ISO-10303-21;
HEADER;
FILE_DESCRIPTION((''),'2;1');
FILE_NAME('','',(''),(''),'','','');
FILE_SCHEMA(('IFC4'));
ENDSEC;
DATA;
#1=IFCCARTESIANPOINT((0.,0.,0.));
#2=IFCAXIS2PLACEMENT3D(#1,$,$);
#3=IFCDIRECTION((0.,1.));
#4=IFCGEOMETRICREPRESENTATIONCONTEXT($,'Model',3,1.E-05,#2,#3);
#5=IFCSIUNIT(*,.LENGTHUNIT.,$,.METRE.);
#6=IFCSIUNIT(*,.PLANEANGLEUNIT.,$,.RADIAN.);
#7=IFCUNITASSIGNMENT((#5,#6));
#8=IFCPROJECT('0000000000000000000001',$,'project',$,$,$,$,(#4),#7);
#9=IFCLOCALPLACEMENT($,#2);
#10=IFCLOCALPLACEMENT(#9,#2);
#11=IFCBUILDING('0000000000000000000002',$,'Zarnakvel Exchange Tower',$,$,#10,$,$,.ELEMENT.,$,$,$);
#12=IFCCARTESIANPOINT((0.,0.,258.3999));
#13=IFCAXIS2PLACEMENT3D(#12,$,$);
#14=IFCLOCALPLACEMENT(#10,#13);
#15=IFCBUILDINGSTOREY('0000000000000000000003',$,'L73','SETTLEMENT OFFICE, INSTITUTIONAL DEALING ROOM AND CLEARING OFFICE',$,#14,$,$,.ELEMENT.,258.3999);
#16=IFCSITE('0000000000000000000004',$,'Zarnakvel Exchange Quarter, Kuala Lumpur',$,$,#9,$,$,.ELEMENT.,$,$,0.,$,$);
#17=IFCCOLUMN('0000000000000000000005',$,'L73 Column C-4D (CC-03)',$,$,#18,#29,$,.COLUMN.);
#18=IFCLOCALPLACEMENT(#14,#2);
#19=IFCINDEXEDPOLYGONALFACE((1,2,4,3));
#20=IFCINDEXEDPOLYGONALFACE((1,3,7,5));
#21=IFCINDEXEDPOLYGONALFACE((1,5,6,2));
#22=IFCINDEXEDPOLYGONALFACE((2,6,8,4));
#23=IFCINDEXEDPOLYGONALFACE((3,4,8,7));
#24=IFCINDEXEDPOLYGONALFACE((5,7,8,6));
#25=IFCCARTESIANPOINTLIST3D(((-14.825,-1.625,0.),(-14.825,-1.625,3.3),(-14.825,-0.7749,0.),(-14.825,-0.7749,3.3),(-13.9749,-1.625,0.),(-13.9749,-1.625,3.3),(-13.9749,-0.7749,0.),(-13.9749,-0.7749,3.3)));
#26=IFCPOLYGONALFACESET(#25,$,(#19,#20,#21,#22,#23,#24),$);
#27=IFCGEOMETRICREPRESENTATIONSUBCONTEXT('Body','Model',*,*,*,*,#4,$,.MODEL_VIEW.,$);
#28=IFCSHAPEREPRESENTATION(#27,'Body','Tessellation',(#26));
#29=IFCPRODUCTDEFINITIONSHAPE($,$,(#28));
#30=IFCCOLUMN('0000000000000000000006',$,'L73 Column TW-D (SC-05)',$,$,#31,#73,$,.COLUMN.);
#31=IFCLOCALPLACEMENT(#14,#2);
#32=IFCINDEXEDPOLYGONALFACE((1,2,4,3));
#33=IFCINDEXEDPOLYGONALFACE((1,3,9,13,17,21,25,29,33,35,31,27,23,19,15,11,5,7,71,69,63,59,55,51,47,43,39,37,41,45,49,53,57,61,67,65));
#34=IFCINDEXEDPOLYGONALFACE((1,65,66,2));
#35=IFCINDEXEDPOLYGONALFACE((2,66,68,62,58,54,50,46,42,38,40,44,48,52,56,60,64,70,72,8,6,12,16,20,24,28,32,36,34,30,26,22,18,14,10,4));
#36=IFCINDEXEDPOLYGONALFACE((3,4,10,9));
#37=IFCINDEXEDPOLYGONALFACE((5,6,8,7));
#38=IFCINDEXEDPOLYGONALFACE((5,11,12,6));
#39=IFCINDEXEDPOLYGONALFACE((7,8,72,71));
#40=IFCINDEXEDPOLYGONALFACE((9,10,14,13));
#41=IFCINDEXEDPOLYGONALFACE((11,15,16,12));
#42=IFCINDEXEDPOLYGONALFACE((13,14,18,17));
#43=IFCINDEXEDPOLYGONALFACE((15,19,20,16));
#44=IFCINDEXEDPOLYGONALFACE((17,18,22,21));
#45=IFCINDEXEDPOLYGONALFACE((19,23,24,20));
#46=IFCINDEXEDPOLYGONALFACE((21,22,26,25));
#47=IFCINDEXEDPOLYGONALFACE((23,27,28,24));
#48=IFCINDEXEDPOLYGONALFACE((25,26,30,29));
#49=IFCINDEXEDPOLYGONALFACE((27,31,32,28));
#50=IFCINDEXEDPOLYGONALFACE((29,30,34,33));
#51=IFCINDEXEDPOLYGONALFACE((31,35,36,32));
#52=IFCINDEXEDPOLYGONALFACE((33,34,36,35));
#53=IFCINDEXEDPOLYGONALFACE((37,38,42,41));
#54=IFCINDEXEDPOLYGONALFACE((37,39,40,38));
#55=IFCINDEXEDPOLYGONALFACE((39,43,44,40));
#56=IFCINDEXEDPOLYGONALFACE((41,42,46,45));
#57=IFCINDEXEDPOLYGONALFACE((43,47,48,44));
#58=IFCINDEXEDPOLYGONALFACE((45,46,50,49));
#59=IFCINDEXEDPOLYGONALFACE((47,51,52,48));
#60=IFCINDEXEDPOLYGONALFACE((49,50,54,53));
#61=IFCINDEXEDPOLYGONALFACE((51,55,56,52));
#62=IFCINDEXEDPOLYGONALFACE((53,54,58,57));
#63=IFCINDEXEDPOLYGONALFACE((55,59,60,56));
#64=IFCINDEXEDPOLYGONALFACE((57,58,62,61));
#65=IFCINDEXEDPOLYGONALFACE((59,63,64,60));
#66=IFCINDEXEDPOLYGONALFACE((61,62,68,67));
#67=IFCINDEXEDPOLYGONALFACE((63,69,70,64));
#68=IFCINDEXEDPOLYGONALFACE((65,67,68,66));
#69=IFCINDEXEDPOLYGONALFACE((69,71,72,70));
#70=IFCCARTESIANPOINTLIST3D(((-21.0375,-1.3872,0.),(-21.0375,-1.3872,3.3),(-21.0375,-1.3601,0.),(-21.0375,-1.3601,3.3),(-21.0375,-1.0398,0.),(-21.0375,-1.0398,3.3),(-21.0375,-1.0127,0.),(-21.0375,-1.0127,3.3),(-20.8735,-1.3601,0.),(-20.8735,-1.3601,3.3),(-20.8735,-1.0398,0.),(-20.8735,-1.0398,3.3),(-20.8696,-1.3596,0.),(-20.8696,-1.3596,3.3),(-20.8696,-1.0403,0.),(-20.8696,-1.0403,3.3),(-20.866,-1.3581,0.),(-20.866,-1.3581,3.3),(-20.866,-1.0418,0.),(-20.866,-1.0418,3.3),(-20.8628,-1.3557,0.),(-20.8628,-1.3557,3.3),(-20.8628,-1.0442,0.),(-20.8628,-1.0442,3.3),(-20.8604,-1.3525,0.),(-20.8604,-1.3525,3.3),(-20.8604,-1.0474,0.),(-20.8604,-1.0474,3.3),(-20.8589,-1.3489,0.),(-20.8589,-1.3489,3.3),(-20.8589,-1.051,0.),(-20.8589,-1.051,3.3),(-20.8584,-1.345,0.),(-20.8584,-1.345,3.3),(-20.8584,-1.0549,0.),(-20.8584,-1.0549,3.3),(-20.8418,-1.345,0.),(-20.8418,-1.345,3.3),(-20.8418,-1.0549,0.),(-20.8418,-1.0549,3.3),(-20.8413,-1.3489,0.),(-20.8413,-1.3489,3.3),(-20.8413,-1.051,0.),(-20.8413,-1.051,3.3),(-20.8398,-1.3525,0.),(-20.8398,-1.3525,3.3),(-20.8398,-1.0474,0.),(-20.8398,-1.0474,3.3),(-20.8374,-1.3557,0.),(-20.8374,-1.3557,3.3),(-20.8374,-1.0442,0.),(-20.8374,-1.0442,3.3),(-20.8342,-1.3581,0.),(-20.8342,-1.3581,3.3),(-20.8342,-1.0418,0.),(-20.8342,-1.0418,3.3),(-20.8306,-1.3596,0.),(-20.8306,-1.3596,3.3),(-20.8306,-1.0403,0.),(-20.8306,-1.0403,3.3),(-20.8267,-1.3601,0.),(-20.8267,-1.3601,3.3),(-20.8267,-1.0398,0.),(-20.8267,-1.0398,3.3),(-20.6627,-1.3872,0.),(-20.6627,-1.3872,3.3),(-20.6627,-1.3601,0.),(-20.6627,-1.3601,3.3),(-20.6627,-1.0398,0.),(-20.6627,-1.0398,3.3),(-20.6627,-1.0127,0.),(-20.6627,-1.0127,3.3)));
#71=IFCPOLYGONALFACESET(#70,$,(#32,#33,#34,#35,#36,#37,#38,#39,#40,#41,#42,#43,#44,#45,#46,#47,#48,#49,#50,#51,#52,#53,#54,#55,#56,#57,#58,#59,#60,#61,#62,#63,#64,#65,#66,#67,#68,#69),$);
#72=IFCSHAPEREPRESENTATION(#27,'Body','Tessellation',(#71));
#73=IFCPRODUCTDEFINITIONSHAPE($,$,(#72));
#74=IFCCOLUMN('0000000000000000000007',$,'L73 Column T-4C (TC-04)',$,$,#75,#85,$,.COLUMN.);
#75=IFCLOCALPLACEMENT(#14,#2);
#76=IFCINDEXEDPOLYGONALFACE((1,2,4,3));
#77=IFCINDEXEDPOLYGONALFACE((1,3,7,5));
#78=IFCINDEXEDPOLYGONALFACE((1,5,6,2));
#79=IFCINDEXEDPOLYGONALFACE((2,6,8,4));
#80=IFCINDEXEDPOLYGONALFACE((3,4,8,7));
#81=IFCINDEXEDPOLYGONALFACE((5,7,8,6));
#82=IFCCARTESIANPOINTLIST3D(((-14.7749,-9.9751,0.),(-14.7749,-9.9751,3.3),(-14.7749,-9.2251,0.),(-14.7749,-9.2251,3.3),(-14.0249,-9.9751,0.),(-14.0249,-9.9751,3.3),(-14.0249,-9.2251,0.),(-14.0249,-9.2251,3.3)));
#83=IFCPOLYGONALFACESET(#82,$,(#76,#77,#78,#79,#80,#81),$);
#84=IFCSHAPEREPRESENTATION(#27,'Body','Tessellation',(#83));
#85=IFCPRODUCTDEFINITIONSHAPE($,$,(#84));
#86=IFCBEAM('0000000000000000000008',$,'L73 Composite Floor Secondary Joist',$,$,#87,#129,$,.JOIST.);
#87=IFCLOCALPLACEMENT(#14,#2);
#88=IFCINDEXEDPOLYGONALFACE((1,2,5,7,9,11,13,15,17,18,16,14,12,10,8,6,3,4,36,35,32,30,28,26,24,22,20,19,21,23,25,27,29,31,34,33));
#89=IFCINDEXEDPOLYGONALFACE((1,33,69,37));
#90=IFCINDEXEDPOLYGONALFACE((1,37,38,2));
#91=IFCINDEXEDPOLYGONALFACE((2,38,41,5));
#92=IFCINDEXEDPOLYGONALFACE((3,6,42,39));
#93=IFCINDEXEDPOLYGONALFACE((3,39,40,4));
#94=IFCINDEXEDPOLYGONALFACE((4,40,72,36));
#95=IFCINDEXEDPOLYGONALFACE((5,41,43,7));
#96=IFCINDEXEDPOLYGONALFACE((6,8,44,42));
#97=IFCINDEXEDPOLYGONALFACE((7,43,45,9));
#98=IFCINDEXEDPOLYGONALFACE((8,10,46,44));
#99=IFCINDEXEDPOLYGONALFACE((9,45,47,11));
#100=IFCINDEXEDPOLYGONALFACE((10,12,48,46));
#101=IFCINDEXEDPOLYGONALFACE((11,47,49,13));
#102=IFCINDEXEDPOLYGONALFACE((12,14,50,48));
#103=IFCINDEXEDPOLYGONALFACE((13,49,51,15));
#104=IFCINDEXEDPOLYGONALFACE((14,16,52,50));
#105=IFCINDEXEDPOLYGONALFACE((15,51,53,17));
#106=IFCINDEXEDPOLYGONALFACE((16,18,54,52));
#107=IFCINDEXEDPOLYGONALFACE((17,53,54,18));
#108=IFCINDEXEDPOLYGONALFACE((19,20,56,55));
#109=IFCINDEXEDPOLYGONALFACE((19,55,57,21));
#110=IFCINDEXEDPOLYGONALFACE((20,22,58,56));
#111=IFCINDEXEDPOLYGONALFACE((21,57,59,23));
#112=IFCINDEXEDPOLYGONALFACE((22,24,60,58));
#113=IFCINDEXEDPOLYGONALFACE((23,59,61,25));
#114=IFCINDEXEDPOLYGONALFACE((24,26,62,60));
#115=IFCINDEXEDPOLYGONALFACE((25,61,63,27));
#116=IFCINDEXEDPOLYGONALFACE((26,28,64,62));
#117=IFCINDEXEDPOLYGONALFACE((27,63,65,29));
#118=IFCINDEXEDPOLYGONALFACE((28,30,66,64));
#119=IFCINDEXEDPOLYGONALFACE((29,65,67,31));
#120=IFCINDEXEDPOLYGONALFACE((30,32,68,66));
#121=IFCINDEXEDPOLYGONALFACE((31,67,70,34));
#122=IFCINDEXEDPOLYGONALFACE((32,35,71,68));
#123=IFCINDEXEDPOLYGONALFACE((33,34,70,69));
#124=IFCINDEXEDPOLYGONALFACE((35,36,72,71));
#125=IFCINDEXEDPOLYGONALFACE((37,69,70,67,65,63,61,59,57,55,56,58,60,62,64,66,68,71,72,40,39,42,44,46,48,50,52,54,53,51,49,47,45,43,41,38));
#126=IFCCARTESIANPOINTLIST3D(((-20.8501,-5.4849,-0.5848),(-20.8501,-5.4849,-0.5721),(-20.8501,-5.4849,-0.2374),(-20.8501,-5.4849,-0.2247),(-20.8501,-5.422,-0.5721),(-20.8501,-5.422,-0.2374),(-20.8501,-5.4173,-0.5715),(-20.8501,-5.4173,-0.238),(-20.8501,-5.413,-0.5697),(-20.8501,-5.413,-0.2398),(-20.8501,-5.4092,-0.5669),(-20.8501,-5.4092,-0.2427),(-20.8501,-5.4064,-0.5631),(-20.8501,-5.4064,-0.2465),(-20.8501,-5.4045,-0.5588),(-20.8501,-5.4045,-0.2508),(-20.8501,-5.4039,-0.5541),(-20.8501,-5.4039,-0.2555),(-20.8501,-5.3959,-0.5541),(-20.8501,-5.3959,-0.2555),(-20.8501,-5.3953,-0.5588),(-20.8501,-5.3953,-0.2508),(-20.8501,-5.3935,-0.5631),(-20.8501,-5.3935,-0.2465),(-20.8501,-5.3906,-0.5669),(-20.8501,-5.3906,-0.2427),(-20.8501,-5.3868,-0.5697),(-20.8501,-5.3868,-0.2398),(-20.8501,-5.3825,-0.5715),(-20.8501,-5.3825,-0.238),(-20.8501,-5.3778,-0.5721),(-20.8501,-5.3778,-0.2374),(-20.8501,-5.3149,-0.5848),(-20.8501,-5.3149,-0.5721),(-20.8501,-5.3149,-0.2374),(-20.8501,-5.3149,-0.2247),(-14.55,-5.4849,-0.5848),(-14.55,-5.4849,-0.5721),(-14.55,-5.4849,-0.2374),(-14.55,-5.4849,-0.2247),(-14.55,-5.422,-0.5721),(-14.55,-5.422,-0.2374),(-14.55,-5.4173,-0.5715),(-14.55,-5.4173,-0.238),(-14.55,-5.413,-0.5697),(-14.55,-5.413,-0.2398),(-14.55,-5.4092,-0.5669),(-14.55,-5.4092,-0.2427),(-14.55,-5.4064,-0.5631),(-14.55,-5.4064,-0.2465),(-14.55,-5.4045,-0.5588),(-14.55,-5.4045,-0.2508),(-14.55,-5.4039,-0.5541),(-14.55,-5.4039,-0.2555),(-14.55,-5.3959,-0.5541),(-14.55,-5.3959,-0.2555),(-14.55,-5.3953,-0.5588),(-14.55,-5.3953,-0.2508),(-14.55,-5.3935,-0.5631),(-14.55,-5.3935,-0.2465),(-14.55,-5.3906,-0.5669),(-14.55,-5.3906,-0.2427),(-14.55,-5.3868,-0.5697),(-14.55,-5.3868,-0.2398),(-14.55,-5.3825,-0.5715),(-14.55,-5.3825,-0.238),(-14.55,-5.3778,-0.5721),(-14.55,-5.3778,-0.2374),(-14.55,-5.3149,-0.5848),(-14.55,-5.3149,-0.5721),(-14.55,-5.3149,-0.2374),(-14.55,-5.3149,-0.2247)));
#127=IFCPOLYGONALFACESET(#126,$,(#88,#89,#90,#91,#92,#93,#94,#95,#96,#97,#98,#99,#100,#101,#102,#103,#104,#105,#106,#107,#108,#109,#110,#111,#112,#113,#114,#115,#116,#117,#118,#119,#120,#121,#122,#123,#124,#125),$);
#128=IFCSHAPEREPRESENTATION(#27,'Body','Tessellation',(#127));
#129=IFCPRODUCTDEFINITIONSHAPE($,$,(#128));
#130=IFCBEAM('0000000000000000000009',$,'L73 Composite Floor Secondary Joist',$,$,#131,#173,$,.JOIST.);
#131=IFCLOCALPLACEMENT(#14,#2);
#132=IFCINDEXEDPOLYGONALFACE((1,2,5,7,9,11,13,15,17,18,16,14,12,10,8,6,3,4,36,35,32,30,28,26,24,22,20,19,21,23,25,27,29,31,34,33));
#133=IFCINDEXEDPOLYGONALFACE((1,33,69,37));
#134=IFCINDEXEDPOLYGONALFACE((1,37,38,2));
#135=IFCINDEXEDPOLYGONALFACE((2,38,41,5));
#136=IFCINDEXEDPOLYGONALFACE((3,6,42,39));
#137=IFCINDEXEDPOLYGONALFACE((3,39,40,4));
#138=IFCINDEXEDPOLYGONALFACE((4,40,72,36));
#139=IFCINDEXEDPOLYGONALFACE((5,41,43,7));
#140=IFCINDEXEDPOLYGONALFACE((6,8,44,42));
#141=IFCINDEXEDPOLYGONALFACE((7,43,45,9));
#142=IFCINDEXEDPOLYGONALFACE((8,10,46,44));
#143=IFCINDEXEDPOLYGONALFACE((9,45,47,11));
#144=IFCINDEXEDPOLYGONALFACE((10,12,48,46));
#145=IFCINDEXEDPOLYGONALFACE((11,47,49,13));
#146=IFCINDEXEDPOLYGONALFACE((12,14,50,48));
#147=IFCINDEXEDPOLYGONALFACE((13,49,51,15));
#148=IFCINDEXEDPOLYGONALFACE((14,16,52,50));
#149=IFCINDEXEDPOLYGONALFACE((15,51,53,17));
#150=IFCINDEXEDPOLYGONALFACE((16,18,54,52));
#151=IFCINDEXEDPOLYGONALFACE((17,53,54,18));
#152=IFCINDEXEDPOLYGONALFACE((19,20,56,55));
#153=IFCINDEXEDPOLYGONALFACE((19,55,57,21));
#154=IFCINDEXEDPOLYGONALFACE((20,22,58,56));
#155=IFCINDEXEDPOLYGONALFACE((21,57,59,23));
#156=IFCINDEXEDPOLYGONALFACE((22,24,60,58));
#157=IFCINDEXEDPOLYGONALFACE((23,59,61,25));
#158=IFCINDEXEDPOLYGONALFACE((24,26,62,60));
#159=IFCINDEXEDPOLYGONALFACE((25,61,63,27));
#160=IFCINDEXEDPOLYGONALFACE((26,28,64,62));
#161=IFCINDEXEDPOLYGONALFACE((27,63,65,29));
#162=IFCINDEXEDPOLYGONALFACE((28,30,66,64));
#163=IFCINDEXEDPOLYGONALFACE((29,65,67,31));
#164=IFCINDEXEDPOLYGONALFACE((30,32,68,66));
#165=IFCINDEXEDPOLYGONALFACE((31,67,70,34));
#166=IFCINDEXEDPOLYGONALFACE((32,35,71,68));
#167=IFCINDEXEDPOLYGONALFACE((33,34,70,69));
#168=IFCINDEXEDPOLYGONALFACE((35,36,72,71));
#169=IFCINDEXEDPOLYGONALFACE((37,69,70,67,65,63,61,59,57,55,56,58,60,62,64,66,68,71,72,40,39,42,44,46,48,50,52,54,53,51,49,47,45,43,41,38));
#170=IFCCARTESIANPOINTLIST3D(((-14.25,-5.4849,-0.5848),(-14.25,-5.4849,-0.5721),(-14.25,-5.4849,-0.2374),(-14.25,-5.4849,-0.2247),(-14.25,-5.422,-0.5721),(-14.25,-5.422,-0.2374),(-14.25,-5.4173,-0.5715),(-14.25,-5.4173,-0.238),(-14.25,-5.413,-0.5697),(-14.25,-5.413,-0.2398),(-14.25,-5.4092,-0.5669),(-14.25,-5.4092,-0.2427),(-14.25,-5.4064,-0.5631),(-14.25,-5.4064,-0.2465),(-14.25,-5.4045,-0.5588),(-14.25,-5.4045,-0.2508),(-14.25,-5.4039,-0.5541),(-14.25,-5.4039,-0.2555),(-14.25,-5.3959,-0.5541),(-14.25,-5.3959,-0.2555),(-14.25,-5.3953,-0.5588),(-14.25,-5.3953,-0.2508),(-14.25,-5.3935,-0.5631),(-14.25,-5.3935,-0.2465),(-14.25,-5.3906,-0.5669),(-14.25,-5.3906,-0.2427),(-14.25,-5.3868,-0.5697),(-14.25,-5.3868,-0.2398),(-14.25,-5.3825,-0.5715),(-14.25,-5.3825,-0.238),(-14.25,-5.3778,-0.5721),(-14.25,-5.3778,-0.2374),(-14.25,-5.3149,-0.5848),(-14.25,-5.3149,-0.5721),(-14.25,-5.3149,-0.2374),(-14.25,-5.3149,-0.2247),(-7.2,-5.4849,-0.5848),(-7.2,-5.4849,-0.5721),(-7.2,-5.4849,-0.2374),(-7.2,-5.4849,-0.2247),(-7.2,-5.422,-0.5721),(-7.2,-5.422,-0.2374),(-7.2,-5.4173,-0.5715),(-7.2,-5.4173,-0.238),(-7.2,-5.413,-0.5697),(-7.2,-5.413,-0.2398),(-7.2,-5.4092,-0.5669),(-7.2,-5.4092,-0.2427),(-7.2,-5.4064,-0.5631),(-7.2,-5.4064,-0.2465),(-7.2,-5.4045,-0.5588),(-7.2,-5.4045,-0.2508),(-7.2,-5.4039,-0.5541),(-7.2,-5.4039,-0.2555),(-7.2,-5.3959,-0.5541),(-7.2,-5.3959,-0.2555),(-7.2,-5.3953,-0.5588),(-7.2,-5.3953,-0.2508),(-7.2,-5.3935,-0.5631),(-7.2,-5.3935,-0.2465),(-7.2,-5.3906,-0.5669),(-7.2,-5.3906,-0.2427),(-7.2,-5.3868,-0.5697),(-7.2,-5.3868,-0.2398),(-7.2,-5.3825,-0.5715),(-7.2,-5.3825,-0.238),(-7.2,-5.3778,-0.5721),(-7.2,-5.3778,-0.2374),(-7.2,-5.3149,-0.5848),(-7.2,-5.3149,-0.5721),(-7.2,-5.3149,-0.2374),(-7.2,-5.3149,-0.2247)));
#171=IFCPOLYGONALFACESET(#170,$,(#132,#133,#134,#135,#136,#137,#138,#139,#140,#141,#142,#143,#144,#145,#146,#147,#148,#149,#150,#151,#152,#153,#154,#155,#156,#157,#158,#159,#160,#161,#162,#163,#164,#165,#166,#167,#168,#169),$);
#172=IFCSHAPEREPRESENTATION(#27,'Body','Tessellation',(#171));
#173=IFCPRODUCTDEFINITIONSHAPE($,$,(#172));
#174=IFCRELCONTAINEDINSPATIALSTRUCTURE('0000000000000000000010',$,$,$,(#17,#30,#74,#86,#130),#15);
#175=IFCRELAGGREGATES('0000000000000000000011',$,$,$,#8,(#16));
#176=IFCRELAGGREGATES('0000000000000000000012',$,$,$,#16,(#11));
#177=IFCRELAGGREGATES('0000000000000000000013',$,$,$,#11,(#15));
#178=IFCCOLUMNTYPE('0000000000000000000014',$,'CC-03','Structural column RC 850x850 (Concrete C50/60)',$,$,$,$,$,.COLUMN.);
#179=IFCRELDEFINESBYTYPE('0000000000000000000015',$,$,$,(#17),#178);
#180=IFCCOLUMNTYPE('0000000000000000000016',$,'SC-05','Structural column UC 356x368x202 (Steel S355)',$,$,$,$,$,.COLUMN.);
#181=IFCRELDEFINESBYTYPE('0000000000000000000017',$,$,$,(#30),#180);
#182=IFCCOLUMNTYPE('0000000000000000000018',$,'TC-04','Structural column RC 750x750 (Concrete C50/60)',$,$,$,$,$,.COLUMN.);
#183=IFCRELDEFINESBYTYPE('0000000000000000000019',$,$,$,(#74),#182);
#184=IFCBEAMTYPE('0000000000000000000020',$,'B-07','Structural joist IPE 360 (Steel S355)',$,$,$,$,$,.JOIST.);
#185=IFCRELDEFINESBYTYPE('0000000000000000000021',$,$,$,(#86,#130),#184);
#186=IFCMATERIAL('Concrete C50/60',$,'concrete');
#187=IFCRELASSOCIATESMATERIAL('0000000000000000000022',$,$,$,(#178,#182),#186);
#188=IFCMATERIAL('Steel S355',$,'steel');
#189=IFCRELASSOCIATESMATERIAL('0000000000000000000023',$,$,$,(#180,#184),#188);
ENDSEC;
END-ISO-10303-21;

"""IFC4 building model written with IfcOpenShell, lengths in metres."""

from ifc_helpers import new_model, si_unit, direction, frame, origin, origin_2d, place, context, subcontext, project, spatial, rectangle, i_section, extrude, material, material_profile, profile_set, type_object, element, save


model = new_model("IFC4")

# Units and contexts
model_context = context("Model", 3, precision=1e-05, world=origin(), true_north=direction((0.0, 1.0)))
body_context = subcontext(model_context, "Body", "Model", "MODEL_VIEW")
ifc_project = project(units=[si_unit("LENGTHUNIT", "METRE"), si_unit("PLANEANGLEUNIT", "RADIAN")], contexts=[model_context])

# Site, building, storey
site_placement = place(None, origin())
site = spatial("IfcSite", under=ifc_project, at=site_placement, Name="Zarnakvel Exchange Quarter, Kuala Lumpur", CompositionType="ELEMENT", RefElevation=0.0)
building_placement = place(site_placement, origin())
building = spatial("IfcBuilding", under=site, at=building_placement, Name="Zarnakvel Exchange Tower", CompositionType="ELEMENT")
storey_placement = place(building_placement, frame((0.0, 0.0, 258.3999)))
storey = spatial("IfcBuildingStorey", under=building, at=storey_placement, Name="L73", Description="SETTLEMENT OFFICE, INSTITUTIONAL DEALING ROOM AND CLEARING OFFICE", CompositionType="ELEMENT", Elevation=258.3999)

# Columns
ifc_material_1 = material(Name="Concrete C50/60", Category="concrete")
ifc_material_profile_1 = material_profile(ifc_material_1, rectangle(XDim=0.8501, YDim=0.8501, at=origin_2d()))
ifc_profile_set_1 = profile_set([ifc_material_profile_1], Name="Concrete C50/60")
column_type_1 = type_object("IfcColumnType", Name="CC-03", Description="Structural column RC 850x850 (Concrete C50/60)", PredefinedType="COLUMN", material=ifc_profile_set_1)
column_1_placement = place(storey_placement, frame((-14.3999, -1.2, 0.0), z_axis=(0.0, 0.0, 1.0), x_axis=(1.0, 0.0, 0.0)))
element("IfcColumn", 1, at=column_1_placement, inside=storey, type_object=column_type_1, Name="L73 Column C-4D (CC-03)", PredefinedType="COLUMN", context=body_context, shape_type="SweptSolid", body=[
    extrude(rectangle(XDim=0.8501, YDim=0.8501, at=origin_2d()), origin(), (0.0, 0.0, 1.0), 3.3),
])
ifc_material_2 = material(Name="Steel S355", Category="steel")
ifc_material_profile_2 = material_profile(ifc_material_2, i_section(OverallWidth=0.3748, OverallDepth=0.3745, WebThickness=0.0166, FlangeThickness=0.0271, FilletRadius=0.0151, at=origin_2d()))
ifc_profile_set_2 = profile_set([ifc_material_profile_2], Name="Steel S355")
column_type_2 = type_object("IfcColumnType", Name="SC-05", Description="Structural column UC 356x368x202 (Steel S355)", PredefinedType="COLUMN", material=ifc_profile_set_2)
column_2_placement = place(storey_placement, frame((-20.8501, -1.2, 0.0), z_axis=(0.0, 0.0, 1.0), x_axis=(1.0, 0.0, 0.0)))
element("IfcColumn", 2, at=column_2_placement, inside=storey, type_object=column_type_2, Name="L73 Column TW-D (SC-05)", PredefinedType="COLUMN", context=body_context, shape_type="SweptSolid", body=[
    extrude(i_section(OverallWidth=0.3748, OverallDepth=0.3745, WebThickness=0.0166, FlangeThickness=0.0271, FilletRadius=0.0151, at=origin_2d()), origin(), (0.0, 0.0, 1.0), 3.3),
])
ifc_material_profile_3 = material_profile(ifc_material_1, rectangle(XDim=0.75, YDim=0.75, at=origin_2d()))
ifc_profile_set_3 = profile_set([ifc_material_profile_3], Name="Concrete C50/60")
column_type_3 = type_object("IfcColumnType", Name="TC-04", Description="Structural column RC 750x750 (Concrete C50/60)", PredefinedType="COLUMN", material=ifc_profile_set_3)
column_3_placement = place(storey_placement, frame((-14.3999, -9.6001, 0.0), z_axis=(0.0, 0.0, 1.0), x_axis=(1.0, 0.0, 0.0)))
element("IfcColumn", 3, at=column_3_placement, inside=storey, type_object=column_type_3, Name="L73 Column T-4C (TC-04)", PredefinedType="COLUMN", context=body_context, shape_type="SweptSolid", body=[
    extrude(rectangle(XDim=0.75, YDim=0.75, at=origin_2d()), origin(), (0.0, 0.0, 1.0), 3.3),
])

# Beams
ifc_material_profile_4 = material_profile(ifc_material_2, i_section(OverallWidth=0.1699, OverallDepth=0.3601, WebThickness=0.0081, FlangeThickness=0.0127, FilletRadius=0.0181, at=origin_2d()))
ifc_profile_set_4 = profile_set([ifc_material_profile_4], Name="Steel S355")
beam_type_1 = type_object("IfcBeamType", Name="B-07", Description="Structural joist IPE 360 (Steel S355)", PredefinedType="JOIST", material=ifc_profile_set_4)
beam_1_placement = place(storey_placement, frame((-20.8501, -5.3999, -0.4048), z_axis=(1.0, 0.0, 0.0), x_axis=(0.0, 1.0, 0.0)))
element("IfcBeam", 4, at=beam_1_placement, inside=storey, type_object=beam_type_1, Name="L73 Composite Floor Secondary Joist", PredefinedType="JOIST", context=body_context, shape_type="SweptSolid", body=[
    extrude(i_section(OverallWidth=0.1699, OverallDepth=0.3601, WebThickness=0.0081, FlangeThickness=0.0127, FilletRadius=0.0181, at=origin_2d()), origin(), (0.0, 0.0, 1.0), 6.3),
])
beam_2_placement = place(storey_placement, frame((-14.25, -5.3999, -0.4048), z_axis=(1.0, 0.0, 0.0), x_axis=(0.0, 1.0, 0.0)))
element("IfcBeam", 5, at=beam_2_placement, inside=storey, type_object=beam_type_1, Name="L73 Composite Floor Secondary Joist", PredefinedType="JOIST", context=body_context, shape_type="SweptSolid", body=[
    extrude(i_section(OverallWidth=0.1699, OverallDepth=0.3601, WebThickness=0.0081, FlangeThickness=0.0127, FilletRadius=0.0181, at=origin_2d()), origin(), (0.0, 0.0, 1.0), 7.05),
])

save(model, "model.ifc")
